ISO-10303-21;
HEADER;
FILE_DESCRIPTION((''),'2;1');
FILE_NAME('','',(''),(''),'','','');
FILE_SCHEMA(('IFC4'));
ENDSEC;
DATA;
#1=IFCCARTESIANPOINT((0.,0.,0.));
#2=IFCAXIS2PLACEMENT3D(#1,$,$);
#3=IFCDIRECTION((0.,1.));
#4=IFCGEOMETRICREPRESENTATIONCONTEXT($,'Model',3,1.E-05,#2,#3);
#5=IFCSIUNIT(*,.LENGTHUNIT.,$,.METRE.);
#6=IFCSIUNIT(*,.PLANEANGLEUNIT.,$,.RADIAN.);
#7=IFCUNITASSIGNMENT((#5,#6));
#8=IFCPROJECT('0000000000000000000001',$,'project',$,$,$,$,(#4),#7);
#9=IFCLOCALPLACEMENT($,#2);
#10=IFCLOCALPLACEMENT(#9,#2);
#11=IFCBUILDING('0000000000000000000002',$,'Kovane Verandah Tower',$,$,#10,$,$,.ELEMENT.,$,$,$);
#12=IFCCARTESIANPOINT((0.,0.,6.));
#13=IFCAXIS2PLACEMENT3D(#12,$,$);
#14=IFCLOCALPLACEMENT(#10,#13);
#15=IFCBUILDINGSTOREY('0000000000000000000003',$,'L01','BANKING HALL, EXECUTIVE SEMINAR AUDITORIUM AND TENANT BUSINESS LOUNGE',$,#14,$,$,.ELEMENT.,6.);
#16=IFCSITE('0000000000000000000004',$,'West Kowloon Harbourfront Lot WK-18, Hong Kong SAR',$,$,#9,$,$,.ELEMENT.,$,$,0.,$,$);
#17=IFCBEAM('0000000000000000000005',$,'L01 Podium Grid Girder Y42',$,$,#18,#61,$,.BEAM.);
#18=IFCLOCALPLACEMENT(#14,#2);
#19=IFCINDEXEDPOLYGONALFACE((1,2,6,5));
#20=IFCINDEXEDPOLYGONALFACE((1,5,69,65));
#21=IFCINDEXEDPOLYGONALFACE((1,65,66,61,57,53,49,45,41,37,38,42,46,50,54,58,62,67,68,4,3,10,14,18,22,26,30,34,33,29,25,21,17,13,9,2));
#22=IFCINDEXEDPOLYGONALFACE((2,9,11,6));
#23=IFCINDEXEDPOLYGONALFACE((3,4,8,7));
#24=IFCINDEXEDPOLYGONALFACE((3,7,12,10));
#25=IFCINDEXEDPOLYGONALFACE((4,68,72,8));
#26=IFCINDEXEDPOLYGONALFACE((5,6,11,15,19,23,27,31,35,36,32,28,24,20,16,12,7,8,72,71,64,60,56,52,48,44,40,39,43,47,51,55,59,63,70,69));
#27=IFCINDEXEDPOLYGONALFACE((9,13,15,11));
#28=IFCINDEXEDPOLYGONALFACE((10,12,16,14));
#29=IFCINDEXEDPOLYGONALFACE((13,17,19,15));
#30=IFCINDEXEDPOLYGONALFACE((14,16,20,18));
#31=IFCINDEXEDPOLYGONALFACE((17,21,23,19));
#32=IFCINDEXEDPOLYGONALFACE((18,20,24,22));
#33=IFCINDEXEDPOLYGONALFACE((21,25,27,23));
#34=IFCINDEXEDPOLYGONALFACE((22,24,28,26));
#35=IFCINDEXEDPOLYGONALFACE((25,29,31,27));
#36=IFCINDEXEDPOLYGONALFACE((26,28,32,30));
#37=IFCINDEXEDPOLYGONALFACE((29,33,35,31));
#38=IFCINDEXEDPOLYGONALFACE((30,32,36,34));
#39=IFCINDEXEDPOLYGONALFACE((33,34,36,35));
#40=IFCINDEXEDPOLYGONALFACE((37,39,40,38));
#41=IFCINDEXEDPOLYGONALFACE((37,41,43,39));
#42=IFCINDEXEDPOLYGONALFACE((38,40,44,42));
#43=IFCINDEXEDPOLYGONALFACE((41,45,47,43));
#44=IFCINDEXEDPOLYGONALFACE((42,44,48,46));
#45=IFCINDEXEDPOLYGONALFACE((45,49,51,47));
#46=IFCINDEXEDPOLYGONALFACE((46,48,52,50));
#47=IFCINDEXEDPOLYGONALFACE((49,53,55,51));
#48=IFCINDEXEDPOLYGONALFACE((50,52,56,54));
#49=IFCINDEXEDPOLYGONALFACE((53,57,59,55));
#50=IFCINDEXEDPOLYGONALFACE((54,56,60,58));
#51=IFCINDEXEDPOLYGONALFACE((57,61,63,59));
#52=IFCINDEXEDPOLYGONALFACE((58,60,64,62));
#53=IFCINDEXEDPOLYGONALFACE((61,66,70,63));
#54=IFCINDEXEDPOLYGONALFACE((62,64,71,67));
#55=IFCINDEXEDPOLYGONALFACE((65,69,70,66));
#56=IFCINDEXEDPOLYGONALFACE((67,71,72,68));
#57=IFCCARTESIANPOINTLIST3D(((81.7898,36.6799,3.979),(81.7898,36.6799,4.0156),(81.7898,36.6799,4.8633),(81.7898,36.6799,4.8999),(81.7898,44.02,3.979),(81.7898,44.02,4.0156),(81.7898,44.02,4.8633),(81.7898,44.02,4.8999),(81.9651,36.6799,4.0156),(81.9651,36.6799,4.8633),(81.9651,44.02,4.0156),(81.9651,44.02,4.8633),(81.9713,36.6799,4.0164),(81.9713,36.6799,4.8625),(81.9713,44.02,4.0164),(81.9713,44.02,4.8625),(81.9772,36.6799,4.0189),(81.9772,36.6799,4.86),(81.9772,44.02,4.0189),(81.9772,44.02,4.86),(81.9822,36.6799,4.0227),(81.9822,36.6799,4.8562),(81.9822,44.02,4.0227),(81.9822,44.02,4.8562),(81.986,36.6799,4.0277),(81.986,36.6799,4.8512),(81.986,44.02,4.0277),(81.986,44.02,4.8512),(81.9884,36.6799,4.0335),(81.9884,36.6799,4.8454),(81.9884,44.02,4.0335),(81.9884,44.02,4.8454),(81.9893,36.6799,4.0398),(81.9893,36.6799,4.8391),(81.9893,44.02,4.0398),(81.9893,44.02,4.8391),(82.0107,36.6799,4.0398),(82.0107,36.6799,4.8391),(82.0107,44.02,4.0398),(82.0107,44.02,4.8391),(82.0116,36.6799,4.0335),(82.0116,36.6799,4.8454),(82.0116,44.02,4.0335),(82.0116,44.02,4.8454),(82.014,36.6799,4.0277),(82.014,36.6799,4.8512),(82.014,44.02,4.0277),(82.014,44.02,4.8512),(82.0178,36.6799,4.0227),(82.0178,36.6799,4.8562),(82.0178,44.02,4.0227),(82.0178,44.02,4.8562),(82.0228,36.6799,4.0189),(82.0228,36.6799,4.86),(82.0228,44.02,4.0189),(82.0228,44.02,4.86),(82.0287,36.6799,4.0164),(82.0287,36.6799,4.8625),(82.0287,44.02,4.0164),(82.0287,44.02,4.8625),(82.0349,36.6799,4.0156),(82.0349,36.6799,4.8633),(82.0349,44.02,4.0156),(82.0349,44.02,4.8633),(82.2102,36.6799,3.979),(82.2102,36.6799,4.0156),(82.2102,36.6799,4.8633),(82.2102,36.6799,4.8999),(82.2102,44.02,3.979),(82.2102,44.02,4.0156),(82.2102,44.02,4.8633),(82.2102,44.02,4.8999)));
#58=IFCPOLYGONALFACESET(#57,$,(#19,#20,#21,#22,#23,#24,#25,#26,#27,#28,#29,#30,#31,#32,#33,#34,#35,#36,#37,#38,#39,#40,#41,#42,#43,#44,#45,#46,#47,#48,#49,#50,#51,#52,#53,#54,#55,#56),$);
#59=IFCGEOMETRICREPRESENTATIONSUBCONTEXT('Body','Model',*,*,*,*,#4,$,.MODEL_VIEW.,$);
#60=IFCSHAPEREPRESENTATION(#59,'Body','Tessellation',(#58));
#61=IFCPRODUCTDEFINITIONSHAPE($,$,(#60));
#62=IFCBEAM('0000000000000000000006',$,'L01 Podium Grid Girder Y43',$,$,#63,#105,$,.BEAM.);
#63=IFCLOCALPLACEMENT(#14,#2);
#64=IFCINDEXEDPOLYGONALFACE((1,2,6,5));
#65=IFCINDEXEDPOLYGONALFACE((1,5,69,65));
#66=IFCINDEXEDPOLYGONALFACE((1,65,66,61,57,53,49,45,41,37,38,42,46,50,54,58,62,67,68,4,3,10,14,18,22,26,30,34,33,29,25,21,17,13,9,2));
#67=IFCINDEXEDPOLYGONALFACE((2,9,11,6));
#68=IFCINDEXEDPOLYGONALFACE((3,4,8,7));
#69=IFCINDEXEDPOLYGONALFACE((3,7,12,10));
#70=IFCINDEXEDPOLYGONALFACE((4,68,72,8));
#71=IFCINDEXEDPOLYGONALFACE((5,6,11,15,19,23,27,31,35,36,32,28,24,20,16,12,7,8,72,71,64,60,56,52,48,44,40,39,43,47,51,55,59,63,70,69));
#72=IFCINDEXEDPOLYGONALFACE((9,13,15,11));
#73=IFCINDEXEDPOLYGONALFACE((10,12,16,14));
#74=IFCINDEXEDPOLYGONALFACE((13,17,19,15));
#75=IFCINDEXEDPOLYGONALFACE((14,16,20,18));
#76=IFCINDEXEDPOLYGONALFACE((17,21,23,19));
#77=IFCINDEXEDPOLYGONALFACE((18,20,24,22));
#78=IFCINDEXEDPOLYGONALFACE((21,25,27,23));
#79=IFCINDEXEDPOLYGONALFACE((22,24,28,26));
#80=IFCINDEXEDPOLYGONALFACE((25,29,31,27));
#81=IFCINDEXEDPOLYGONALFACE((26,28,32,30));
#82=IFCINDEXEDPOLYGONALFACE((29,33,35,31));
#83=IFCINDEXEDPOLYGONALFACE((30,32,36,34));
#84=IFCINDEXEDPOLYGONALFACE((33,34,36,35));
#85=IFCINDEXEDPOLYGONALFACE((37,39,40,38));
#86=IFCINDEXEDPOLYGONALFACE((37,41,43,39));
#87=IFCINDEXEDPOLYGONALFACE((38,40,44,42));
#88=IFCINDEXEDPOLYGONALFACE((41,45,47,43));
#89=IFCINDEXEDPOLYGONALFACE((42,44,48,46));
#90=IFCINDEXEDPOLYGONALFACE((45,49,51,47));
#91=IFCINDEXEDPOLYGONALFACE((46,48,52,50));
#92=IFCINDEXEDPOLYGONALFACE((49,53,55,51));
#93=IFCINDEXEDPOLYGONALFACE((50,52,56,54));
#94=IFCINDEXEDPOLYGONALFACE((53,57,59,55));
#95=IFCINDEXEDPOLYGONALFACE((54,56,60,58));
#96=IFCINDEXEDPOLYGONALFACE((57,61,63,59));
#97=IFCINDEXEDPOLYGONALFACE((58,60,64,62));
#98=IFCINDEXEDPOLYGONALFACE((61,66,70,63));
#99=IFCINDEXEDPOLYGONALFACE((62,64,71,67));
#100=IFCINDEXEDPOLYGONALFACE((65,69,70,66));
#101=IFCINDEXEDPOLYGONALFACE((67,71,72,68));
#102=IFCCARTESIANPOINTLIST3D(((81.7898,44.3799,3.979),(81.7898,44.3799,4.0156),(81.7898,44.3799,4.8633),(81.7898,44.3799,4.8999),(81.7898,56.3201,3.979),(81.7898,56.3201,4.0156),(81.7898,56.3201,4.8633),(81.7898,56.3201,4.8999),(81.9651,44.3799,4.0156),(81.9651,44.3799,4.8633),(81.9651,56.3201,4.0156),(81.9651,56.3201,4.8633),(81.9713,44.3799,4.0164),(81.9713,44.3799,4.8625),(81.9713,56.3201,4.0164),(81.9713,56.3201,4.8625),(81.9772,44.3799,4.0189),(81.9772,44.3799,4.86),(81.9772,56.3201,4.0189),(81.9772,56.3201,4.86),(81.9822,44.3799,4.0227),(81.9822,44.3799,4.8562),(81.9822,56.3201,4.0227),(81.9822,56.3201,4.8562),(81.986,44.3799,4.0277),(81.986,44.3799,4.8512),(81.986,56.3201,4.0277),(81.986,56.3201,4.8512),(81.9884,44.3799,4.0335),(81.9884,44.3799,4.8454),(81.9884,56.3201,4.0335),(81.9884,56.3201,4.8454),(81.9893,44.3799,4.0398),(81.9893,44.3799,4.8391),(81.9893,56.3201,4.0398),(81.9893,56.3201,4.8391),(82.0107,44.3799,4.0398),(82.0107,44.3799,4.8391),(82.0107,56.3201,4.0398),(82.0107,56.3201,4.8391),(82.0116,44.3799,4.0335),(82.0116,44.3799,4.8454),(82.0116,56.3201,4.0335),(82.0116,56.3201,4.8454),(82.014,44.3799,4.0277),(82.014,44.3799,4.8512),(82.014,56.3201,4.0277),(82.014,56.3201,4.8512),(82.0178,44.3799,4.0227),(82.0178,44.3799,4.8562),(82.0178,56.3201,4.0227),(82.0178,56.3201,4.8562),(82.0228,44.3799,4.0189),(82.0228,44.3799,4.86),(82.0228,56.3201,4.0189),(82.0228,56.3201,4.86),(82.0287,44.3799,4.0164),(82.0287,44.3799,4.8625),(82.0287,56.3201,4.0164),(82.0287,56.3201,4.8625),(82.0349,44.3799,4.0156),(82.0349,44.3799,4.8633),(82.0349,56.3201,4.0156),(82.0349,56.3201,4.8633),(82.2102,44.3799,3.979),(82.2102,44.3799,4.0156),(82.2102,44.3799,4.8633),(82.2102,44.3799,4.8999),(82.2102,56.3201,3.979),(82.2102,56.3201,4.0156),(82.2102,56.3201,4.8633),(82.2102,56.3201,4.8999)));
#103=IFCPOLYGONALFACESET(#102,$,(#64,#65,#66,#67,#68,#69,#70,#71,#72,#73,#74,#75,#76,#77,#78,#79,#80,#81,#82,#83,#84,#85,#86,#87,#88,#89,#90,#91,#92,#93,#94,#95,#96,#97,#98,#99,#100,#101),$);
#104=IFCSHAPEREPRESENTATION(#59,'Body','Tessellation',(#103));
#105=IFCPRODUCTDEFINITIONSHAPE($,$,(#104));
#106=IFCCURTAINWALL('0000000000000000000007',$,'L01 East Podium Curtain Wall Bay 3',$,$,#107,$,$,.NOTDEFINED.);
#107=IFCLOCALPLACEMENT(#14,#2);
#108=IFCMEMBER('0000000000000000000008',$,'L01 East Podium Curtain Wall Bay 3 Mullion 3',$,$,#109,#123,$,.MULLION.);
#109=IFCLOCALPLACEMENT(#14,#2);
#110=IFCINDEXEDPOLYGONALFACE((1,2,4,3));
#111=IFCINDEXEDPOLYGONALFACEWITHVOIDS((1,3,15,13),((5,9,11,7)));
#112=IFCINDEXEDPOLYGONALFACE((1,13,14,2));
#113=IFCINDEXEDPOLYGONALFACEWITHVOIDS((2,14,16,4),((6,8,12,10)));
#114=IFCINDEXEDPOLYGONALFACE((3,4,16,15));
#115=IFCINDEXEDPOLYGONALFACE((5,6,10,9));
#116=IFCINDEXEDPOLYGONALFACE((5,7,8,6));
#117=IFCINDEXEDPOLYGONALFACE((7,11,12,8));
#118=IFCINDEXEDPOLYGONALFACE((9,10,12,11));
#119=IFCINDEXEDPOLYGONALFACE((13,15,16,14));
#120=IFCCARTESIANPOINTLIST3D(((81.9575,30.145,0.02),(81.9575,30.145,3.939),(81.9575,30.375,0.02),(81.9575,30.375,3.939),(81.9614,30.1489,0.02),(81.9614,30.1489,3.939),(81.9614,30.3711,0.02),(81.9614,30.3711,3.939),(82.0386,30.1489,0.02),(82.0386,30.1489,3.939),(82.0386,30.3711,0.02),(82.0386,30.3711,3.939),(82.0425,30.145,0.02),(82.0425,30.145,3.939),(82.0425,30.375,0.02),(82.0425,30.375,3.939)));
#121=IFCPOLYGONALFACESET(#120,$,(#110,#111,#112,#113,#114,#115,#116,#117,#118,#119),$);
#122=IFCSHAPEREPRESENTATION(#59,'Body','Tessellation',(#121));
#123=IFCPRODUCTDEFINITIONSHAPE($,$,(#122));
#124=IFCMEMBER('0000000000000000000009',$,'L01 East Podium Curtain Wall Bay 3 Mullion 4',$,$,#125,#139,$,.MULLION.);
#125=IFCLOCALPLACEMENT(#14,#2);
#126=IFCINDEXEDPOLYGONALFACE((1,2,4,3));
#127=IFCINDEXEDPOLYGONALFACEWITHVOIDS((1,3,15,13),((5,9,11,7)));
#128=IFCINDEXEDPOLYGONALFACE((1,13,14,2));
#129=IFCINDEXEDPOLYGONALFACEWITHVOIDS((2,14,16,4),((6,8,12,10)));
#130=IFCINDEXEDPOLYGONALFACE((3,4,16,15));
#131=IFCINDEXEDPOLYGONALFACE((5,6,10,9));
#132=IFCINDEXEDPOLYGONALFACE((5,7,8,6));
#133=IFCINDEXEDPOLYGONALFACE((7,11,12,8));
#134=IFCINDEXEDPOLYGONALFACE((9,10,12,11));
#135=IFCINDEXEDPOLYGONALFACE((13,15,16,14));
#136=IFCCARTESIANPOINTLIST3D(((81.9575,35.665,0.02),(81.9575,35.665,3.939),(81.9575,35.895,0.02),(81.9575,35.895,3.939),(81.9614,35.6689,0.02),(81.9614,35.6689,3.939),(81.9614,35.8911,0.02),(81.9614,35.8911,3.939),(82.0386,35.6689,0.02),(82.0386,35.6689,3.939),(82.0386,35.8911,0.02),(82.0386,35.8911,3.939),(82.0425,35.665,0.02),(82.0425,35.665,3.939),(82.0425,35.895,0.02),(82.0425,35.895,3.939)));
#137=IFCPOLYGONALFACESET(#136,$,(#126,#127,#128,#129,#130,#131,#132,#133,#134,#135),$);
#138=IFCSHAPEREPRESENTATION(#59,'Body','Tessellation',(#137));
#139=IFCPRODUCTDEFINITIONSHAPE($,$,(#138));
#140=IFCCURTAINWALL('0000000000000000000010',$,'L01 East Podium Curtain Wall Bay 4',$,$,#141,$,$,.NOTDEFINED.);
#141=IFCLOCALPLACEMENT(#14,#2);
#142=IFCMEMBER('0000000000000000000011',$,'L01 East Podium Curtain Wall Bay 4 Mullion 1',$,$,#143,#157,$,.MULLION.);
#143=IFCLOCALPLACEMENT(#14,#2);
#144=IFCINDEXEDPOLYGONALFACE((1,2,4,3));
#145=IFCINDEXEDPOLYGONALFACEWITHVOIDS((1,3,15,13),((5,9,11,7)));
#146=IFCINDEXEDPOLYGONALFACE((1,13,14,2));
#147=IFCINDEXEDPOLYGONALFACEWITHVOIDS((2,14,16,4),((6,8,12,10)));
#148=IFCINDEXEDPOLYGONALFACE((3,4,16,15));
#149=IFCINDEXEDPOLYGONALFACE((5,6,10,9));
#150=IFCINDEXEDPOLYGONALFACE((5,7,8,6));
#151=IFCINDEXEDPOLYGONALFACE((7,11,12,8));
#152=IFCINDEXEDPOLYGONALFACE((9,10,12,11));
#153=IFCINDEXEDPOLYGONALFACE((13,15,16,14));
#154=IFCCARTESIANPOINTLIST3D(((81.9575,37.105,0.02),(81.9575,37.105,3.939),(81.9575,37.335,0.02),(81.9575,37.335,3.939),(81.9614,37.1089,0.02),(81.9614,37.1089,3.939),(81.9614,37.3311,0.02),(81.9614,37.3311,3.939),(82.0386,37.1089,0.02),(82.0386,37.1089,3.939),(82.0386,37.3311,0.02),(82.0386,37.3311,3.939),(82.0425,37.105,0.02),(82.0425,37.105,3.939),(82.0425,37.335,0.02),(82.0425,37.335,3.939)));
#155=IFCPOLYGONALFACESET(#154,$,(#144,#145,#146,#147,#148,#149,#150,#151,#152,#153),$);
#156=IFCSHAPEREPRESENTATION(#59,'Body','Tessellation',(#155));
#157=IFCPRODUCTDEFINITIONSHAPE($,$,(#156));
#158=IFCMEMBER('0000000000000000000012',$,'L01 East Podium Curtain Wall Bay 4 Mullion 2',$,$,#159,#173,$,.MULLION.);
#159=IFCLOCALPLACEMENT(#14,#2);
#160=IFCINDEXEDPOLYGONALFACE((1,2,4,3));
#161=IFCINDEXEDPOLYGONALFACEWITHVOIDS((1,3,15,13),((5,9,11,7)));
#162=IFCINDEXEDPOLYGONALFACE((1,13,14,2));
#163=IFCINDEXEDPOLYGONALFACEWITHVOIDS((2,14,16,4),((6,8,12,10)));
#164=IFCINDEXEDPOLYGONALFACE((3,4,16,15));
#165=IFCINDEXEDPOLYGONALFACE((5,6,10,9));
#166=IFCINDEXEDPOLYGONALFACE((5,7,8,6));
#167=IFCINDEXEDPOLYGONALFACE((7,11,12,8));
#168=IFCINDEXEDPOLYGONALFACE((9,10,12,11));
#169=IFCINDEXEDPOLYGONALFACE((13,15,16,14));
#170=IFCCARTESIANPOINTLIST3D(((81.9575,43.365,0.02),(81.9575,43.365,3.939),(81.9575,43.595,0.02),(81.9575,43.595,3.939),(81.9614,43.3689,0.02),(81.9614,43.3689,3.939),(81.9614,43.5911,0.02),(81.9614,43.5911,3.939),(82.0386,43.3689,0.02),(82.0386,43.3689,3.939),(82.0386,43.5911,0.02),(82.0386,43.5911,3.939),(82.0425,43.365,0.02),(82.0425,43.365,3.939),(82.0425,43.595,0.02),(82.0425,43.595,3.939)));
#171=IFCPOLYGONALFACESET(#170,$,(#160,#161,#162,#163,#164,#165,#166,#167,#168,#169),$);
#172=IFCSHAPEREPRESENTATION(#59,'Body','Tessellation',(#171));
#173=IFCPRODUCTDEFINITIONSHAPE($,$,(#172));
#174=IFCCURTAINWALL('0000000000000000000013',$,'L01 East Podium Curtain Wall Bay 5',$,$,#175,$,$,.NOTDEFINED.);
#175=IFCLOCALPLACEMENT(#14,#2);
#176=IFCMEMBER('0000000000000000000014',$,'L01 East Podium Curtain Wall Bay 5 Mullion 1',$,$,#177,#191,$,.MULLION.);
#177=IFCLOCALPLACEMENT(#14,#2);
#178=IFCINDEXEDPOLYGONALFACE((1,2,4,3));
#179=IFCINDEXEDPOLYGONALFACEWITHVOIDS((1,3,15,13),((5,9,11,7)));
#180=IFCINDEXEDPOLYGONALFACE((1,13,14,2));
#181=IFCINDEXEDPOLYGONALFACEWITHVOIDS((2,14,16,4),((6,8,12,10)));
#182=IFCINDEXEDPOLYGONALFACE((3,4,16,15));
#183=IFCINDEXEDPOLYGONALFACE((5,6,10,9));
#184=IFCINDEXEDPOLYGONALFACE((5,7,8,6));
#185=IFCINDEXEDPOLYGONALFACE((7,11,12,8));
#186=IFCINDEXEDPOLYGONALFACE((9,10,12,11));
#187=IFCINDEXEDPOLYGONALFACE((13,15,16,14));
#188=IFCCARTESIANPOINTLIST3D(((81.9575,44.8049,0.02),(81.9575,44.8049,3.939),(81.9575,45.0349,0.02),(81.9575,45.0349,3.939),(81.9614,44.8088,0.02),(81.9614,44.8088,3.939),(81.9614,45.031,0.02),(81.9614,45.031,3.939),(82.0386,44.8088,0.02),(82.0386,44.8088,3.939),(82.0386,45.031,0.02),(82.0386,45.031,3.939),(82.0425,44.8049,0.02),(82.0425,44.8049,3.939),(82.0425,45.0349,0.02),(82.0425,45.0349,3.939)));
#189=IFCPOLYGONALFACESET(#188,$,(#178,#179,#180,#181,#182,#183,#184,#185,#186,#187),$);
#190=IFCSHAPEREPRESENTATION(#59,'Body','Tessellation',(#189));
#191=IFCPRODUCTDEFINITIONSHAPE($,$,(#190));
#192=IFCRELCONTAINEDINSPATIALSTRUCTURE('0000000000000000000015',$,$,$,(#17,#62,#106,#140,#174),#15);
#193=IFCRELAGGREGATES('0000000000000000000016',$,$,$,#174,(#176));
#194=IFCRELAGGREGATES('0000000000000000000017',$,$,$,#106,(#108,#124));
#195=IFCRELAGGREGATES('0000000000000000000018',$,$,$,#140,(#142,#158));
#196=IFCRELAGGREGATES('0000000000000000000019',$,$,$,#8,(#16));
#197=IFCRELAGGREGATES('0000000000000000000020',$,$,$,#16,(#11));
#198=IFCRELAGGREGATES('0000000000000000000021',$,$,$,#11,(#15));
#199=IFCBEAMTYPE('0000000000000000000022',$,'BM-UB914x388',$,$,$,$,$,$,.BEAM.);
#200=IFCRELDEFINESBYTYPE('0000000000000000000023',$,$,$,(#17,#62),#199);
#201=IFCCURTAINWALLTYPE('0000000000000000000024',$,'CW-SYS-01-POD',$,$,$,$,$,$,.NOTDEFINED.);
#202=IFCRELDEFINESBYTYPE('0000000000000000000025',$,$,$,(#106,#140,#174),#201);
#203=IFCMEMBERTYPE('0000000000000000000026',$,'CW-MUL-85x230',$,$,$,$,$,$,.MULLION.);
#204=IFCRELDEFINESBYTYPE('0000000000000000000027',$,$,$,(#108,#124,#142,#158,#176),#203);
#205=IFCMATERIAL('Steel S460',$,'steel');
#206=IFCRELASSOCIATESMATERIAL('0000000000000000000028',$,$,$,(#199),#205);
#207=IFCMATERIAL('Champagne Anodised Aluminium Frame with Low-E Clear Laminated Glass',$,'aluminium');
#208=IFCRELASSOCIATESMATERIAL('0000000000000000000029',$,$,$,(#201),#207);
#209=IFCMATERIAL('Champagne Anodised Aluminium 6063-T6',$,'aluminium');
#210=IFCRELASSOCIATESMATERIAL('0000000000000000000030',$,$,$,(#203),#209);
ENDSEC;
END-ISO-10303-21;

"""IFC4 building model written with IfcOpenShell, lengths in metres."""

from ifc_helpers import new_model, si_unit, direction, frame, origin, origin_2d, place, context, subcontext, project, spatial, hollow_rectangle, i_section, extrude, material, material_profile, profile_set, type_object, element, aggregate, save


model = new_model("IFC4")

# Units and contexts
model_context = context("Model", 3, precision=1e-05, world=origin(), true_north=direction((0.0, 1.0)))
body_context = subcontext(model_context, "Body", "Model", "MODEL_VIEW")
ifc_project = project(units=[si_unit("LENGTHUNIT", "METRE"), si_unit("PLANEANGLEUNIT", "RADIAN")], contexts=[model_context])

# Site, building, storey
site_placement = place(None, origin())
site = spatial("IfcSite", under=ifc_project, at=site_placement, Name="West Kowloon Harbourfront Lot WK-18, Hong Kong SAR", CompositionType="ELEMENT", RefElevation=0.0)
building_placement = place(site_placement, origin())
building = spatial("IfcBuilding", under=site, at=building_placement, Name="Kovane Verandah Tower", CompositionType="ELEMENT")
storey_placement = place(building_placement, frame((0.0, 0.0, 6.0)))
storey = spatial("IfcBuildingStorey", under=building, at=storey_placement, Name="L01", Description="BANKING HALL, EXECUTIVE SEMINAR AUDITORIUM AND TENANT BUSINESS LOUNGE", CompositionType="ELEMENT", Elevation=6.0)

# Shared definitions
ifc_material_1 = material(Name="Steel S460", Category="steel")

# Beams
ifc_material_profile_1 = material_profile(ifc_material_1, i_section(OverallWidth=0.4204, OverallDepth=0.9209, WebThickness=0.0215, FlangeThickness=0.0366, FilletRadius=0.0242, at=origin_2d()), Name="UB914x419x388")
ifc_profile_set_1 = profile_set([ifc_material_profile_1], Name="Steel S460")
beam_type = type_object("IfcBeamType", Name="BM-UB914x388", PredefinedType="BEAM", material=ifc_profile_set_1)
beam_1_placement = place(storey_placement, frame((82.0, 36.6799, 4.4395), z_axis=(0.0, 1.0, 0.0), x_axis=(-1.0, 0.0, 0.0)))
element("IfcBeam", 1, at=beam_1_placement, inside=storey, type_object=beam_type, Name="L01 Podium Grid Girder Y42", PredefinedType="BEAM", context=body_context, shape_type="SweptSolid", body=[
    extrude(i_section(OverallWidth=0.4204, OverallDepth=0.9209, WebThickness=0.0215, FlangeThickness=0.0366, FilletRadius=0.0242, at=origin_2d()), origin(), (0.0, 0.0, 1.0), 7.3401),
])
beam_2_placement = place(storey_placement, frame((82.0, 44.3799, 4.4395), z_axis=(0.0, 1.0, 0.0), x_axis=(-1.0, 0.0, 0.0)))
element("IfcBeam", 2, at=beam_2_placement, inside=storey, type_object=beam_type, Name="L01 Podium Grid Girder Y43", PredefinedType="BEAM", context=body_context, shape_type="SweptSolid", body=[
    extrude(i_section(OverallWidth=0.4204, OverallDepth=0.9209, WebThickness=0.0215, FlangeThickness=0.0366, FilletRadius=0.0242, at=origin_2d()), origin(), (0.0, 0.0, 1.0), 11.9402),
])

# Curtain walls, members
ifc_material_2 = material(Name="Champagne Anodised Aluminium Frame with Low-E Clear Laminated Glass", Category="aluminium")
curtain_wall_type = type_object("IfcCurtainWallType", Name="CW-SYS-01-POD", PredefinedType="NOTDEFINED", material=ifc_material_2)
curtain_wall_1_placement = place(storey_placement, origin())
curtain_wall_1 = element("IfcCurtainWall", 3, at=curtain_wall_1_placement, inside=storey, type_object=curtain_wall_type, Name="L01 East Podium Curtain Wall Bay 3", PredefinedType="NOTDEFINED")
ifc_material_3 = material(Name="Champagne Anodised Aluminium 6063-T6", Category="aluminium")
ifc_material_profile_2 = material_profile(ifc_material_3, hollow_rectangle(XDim=0.085, YDim=0.23, WallThickness=0.0039, at=origin_2d()), Name="AL85x230x4")
ifc_profile_set_2 = profile_set([ifc_material_profile_2], Name="Champagne Anodised Aluminium 6063-T6")
member_type_1 = type_object("IfcMemberType", Name="CW-MUL-85x230", PredefinedType="MULLION", material=ifc_profile_set_2)
member_1_placement = place(storey_placement, frame((82.0, 30.26, 0.02), z_axis=(0.0, 0.0, 1.0), x_axis=(1.0, 0.0, 0.0)))
member_1 = element("IfcMember", 4, at=member_1_placement, type_object=member_type_1, Name="L01 East Podium Curtain Wall Bay 3 Mullion 3", PredefinedType="MULLION", context=body_context, shape_type="SweptSolid", body=[
    extrude(hollow_rectangle(XDim=0.085, YDim=0.23, WallThickness=0.0039, at=origin_2d()), origin(), (0.0, 0.0, 1.0), 3.9189),
])
member_2_placement = place(storey_placement, frame((82.0, 35.78, 0.02), z_axis=(0.0, 0.0, 1.0), x_axis=(1.0, 0.0, 0.0)))
member_2 = element("IfcMember", 5, at=member_2_placement, type_object=member_type_1, Name="L01 East Podium Curtain Wall Bay 3 Mullion 4", PredefinedType="MULLION", context=body_context, shape_type="SweptSolid", body=[
    extrude(hollow_rectangle(XDim=0.085, YDim=0.23, WallThickness=0.0039, at=origin_2d()), origin(), (0.0, 0.0, 1.0), 3.9189),
])
curtain_wall_2_placement = place(storey_placement, origin())
curtain_wall_2 = element("IfcCurtainWall", 6, at=curtain_wall_2_placement, inside=storey, type_object=curtain_wall_type, Name="L01 East Podium Curtain Wall Bay 4", PredefinedType="NOTDEFINED")
member_3_placement = place(storey_placement, frame((82.0, 37.22, 0.02), z_axis=(0.0, 0.0, 1.0), x_axis=(1.0, 0.0, 0.0)))
member_3 = element("IfcMember", 7, at=member_3_placement, type_object=member_type_1, Name="L01 East Podium Curtain Wall Bay 4 Mullion 1", PredefinedType="MULLION", context=body_context, shape_type="SweptSolid", body=[
    extrude(hollow_rectangle(XDim=0.085, YDim=0.23, WallThickness=0.0039, at=origin_2d()), origin(), (0.0, 0.0, 1.0), 3.9189),
])
member_4_placement = place(storey_placement, frame((82.0, 43.48, 0.02), z_axis=(0.0, 0.0, 1.0), x_axis=(1.0, 0.0, 0.0)))
member_4 = element("IfcMember", 8, at=member_4_placement, type_object=member_type_1, Name="L01 East Podium Curtain Wall Bay 4 Mullion 2", PredefinedType="MULLION", context=body_context, shape_type="SweptSolid", body=[
    extrude(hollow_rectangle(XDim=0.085, YDim=0.23, WallThickness=0.0039, at=origin_2d()), origin(), (0.0, 0.0, 1.0), 3.9189),
])

# Curtain wall, member
curtain_wall_3_placement = place(storey_placement, origin())
curtain_wall_3 = element("IfcCurtainWall", 9, at=curtain_wall_3_placement, inside=storey, type_object=curtain_wall_type, Name="L01 East Podium Curtain Wall Bay 5", PredefinedType="NOTDEFINED")
member_5_placement = place(storey_placement, frame((82.0, 44.9199, 0.02), z_axis=(0.0, 0.0, 1.0), x_axis=(1.0, 0.0, 0.0)))
member_5 = element("IfcMember", 10, at=member_5_placement, type_object=member_type_1, Name="L01 East Podium Curtain Wall Bay 5 Mullion 1", PredefinedType="MULLION", context=body_context, shape_type="SweptSolid", body=[
    extrude(hollow_rectangle(XDim=0.085, YDim=0.23, WallThickness=0.0039, at=origin_2d()), origin(), (0.0, 0.0, 1.0), 3.9189),
])

aggregate(curtain_wall_3, [member_5])

aggregate(curtain_wall_1, [member_1, member_2])
aggregate(curtain_wall_2, [member_3, member_4])

save(model, "model.ifc")
